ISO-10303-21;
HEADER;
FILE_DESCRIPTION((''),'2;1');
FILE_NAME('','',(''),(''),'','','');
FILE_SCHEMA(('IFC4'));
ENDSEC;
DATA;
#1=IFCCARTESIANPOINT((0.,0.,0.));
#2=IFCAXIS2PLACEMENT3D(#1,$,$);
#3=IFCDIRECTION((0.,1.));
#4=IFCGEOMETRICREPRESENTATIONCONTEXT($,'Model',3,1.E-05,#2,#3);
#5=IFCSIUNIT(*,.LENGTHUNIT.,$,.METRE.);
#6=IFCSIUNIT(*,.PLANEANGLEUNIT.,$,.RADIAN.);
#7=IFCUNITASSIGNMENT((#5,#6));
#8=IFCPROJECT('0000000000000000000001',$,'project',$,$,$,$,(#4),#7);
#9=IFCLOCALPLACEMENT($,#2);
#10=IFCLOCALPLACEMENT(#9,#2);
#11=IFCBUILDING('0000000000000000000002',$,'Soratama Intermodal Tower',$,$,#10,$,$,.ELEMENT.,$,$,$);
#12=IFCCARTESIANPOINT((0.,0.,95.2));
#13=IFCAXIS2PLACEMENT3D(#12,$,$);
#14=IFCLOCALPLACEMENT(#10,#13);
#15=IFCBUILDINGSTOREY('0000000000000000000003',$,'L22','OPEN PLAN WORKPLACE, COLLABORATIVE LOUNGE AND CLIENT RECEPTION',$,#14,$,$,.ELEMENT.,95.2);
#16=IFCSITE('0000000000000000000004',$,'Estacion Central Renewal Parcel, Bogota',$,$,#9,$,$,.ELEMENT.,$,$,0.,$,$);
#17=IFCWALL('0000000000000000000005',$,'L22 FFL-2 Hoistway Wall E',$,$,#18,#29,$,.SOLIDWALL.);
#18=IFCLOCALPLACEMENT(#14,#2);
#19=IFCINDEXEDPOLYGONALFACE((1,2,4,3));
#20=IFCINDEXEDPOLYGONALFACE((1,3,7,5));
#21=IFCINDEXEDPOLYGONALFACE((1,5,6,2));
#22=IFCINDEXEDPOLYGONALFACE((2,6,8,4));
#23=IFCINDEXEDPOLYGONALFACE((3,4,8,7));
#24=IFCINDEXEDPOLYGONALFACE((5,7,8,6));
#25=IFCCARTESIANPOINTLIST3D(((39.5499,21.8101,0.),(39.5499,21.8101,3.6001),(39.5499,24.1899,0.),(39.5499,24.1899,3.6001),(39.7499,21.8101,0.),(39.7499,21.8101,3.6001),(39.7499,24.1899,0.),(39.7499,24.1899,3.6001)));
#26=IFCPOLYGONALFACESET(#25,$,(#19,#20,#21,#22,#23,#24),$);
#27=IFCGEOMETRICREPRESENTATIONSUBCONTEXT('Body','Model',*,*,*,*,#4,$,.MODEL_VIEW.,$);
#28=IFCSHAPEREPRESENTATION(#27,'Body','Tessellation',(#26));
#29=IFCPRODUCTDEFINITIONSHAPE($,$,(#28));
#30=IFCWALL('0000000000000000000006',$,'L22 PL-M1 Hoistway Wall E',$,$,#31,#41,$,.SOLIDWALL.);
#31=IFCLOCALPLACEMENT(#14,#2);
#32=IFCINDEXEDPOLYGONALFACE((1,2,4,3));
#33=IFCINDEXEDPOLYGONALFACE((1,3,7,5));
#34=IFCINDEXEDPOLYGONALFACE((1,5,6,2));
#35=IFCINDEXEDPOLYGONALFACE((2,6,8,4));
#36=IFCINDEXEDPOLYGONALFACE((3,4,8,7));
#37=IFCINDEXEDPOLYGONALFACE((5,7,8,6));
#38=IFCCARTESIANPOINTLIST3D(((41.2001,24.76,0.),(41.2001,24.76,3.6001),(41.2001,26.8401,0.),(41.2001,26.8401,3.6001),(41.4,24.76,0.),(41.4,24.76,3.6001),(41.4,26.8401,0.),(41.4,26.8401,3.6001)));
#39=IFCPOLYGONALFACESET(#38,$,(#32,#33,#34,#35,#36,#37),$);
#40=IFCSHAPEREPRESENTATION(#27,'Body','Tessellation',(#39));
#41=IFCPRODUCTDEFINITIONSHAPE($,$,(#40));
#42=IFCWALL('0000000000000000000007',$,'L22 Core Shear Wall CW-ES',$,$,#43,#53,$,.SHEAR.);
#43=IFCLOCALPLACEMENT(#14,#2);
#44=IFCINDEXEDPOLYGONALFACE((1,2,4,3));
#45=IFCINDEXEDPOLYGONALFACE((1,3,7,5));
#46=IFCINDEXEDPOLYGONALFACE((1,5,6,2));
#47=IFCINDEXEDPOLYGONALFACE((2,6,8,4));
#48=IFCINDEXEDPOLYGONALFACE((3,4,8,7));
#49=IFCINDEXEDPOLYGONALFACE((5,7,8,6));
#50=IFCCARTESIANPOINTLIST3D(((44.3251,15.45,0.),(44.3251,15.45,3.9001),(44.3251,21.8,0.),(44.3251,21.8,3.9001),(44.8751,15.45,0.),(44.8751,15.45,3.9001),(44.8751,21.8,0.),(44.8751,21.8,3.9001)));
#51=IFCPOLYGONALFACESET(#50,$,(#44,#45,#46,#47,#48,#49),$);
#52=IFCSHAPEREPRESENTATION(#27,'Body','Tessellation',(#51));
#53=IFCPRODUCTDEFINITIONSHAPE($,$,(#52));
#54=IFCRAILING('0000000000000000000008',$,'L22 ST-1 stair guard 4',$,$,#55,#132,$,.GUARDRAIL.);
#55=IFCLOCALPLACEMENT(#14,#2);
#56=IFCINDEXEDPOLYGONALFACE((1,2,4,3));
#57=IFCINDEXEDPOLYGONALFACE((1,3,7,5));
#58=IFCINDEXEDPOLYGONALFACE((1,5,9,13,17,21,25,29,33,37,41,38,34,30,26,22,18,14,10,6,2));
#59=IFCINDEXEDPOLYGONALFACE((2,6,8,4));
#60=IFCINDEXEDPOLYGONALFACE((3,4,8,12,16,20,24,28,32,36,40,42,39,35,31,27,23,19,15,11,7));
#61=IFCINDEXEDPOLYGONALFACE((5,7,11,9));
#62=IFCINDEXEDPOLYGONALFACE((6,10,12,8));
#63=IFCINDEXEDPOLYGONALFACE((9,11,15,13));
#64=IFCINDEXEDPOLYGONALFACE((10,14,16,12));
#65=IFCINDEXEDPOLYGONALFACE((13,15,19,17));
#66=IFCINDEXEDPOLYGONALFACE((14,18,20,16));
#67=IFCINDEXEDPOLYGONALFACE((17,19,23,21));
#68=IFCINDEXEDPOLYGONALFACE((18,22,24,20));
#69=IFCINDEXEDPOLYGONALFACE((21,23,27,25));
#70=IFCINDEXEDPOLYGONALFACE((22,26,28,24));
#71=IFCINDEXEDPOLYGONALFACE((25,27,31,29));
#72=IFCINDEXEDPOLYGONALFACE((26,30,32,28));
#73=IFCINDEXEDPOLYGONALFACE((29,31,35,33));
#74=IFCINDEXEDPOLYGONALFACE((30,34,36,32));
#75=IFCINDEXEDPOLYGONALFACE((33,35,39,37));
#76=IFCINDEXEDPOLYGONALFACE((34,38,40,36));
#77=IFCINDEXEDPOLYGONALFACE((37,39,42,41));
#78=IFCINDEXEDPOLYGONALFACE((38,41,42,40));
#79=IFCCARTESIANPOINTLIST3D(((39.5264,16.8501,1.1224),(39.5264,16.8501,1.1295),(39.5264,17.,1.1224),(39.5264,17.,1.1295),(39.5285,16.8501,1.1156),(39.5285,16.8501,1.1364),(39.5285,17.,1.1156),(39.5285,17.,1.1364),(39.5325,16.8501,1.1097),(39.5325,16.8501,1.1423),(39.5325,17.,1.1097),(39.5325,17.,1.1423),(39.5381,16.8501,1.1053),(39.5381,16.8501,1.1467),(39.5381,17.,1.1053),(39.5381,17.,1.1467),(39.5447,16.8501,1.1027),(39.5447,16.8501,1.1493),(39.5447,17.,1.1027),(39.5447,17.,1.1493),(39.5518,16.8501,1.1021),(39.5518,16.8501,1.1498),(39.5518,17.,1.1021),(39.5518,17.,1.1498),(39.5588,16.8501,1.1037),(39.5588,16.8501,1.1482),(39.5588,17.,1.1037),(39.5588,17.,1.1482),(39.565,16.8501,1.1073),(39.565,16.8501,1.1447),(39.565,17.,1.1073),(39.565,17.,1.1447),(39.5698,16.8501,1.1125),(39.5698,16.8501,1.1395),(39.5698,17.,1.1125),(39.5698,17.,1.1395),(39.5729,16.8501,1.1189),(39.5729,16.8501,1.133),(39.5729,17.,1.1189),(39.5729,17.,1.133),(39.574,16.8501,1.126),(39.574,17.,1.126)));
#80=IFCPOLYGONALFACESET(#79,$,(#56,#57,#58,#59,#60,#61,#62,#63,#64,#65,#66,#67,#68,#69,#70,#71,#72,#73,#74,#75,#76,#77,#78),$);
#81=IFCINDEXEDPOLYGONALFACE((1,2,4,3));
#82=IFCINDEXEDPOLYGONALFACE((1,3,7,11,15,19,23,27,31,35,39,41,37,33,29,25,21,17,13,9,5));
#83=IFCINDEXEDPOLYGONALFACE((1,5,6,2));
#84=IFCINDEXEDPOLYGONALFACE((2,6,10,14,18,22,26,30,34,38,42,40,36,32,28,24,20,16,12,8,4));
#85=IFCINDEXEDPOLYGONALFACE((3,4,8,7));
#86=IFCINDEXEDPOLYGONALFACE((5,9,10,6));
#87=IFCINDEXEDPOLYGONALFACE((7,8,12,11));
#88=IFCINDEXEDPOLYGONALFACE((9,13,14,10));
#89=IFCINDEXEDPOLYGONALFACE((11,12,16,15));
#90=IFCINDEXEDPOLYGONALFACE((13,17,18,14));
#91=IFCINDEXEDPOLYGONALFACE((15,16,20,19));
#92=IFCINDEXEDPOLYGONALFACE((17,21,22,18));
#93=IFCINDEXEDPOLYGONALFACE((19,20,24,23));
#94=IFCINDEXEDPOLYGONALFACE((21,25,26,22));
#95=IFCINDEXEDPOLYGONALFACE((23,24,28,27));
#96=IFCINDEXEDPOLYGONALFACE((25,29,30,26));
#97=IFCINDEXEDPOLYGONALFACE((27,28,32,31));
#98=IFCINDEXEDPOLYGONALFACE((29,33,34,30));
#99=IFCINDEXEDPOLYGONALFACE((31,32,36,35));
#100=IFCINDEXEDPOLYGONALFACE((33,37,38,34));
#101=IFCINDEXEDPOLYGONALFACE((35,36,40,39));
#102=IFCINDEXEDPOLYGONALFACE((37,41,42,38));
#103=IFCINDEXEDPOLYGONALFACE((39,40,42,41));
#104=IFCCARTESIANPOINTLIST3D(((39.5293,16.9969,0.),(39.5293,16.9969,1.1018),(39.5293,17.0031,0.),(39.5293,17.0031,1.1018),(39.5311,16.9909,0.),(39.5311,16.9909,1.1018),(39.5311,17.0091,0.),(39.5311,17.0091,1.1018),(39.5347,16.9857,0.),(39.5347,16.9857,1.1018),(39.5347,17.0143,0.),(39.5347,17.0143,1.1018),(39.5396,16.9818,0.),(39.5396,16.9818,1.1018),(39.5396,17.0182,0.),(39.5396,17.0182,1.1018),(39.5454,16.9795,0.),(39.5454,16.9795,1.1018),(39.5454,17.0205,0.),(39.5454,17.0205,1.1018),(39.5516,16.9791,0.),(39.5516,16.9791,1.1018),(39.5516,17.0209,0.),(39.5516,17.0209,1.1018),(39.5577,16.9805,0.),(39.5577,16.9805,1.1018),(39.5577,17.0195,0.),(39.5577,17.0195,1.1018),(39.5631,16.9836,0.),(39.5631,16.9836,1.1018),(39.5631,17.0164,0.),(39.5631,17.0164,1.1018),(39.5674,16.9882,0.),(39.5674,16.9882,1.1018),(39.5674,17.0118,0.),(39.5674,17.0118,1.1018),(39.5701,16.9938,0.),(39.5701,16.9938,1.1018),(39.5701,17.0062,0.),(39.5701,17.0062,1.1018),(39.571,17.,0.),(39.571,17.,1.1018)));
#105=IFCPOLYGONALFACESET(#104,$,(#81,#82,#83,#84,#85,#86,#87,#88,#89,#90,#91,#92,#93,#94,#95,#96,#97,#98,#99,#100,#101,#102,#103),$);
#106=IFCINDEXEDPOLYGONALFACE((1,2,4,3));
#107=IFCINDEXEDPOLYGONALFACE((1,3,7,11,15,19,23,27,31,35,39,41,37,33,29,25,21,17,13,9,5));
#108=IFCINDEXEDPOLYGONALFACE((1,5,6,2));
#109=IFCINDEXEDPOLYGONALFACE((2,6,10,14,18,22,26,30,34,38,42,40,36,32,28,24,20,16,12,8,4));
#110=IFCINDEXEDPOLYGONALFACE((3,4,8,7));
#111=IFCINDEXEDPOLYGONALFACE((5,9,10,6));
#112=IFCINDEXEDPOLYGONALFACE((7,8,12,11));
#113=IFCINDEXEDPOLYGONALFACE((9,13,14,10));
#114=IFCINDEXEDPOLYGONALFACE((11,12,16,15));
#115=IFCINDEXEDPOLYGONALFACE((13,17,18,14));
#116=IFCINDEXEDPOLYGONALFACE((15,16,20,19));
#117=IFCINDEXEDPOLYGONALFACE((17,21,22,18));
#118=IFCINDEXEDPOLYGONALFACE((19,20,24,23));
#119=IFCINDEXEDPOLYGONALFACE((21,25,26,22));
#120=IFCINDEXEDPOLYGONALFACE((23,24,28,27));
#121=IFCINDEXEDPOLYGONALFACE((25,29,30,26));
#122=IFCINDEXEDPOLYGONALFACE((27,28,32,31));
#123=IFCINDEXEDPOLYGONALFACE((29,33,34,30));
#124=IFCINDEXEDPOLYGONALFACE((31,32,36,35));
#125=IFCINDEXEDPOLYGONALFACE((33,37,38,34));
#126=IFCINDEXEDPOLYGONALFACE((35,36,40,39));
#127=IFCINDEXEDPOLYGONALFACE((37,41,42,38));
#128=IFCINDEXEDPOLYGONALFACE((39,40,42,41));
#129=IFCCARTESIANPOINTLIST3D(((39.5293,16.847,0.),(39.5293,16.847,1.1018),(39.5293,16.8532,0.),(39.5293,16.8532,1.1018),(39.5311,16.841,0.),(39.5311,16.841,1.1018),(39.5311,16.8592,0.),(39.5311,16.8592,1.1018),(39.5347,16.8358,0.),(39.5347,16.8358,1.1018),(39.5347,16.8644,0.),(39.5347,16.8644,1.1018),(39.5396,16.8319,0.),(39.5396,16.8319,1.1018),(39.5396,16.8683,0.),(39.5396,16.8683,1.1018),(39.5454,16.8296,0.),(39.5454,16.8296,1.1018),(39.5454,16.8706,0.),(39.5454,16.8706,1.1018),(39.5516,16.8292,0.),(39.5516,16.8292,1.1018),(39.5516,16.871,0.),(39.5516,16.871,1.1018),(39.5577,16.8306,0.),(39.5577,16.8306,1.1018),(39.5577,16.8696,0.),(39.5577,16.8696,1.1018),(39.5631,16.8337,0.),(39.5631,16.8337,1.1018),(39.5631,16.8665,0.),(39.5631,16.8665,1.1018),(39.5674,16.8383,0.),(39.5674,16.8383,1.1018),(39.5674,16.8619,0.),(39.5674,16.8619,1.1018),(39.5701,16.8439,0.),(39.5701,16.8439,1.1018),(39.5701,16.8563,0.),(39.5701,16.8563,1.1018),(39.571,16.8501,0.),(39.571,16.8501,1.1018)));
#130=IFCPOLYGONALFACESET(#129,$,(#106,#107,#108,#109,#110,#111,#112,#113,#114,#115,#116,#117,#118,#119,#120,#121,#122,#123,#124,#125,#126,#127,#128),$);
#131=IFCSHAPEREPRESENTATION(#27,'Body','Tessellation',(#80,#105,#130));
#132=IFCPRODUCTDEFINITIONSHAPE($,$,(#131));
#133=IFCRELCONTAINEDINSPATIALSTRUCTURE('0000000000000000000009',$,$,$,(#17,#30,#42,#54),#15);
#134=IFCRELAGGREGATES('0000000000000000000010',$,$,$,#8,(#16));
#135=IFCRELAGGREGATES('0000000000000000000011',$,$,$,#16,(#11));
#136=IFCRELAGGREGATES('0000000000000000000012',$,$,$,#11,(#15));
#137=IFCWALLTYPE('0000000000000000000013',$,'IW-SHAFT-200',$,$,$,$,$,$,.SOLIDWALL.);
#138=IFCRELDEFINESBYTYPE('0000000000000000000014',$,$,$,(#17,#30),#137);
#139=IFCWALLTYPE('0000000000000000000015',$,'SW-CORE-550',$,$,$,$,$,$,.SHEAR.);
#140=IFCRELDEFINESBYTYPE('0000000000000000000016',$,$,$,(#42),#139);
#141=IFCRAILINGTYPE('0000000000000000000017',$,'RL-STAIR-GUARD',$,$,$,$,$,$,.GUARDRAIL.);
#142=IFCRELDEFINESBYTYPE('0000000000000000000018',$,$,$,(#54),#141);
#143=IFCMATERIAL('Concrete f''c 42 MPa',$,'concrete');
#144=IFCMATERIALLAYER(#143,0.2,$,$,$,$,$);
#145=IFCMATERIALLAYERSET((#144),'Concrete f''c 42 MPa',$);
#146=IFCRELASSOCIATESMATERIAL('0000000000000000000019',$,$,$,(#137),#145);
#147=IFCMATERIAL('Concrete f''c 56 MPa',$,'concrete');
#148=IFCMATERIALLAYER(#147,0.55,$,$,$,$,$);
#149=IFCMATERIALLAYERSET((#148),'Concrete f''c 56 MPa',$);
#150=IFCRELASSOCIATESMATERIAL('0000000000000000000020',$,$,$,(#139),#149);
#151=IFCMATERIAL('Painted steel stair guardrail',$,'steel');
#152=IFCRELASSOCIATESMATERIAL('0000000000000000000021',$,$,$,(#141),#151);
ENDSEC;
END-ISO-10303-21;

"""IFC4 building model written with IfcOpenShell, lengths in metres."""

from ifc_helpers import new_model, si_unit, direction, frame, frame_2d, origin, origin_2d, place, context, subcontext, project, spatial, rectangle, circle, extrude, material, layer, layer_set, type_object, element, save


model = new_model("IFC4")

# Units and contexts
model_context = context("Model", 3, precision=1e-05, world=origin(), true_north=direction((0.0, 1.0)))
body_context = subcontext(model_context, "Body", "Model", "MODEL_VIEW")
ifc_project = project(units=[si_unit("LENGTHUNIT", "METRE"), si_unit("PLANEANGLEUNIT", "RADIAN")], contexts=[model_context])

# Site, building, storey
site_placement = place(None, origin())
site = spatial("IfcSite", under=ifc_project, at=site_placement, Name="Estacion Central Renewal Parcel, Bogota", CompositionType="ELEMENT", RefElevation=0.0)
building_placement = place(site_placement, origin())
building = spatial("IfcBuilding", under=site, at=building_placement, Name="Soratama Intermodal Tower", CompositionType="ELEMENT")
storey_placement = place(building_placement, frame((0.0, 0.0, 95.2)))
storey = spatial("IfcBuildingStorey", under=building, at=storey_placement, Name="L22", Description="OPEN PLAN WORKPLACE, COLLABORATIVE LOUNGE AND CLIENT RECEPTION", CompositionType="ELEMENT", Elevation=95.2)

# Walls
ifc_material_1 = material(Name="Concrete f'c 42 MPa", Category="concrete")
ifc_layer_1 = layer(ifc_material_1, 0.2)
ifc_layer_set_1 = layer_set([ifc_layer_1], Name="Concrete f'c 42 MPa")
wall_type_1 = type_object("IfcWallType", Name="IW-SHAFT-200", PredefinedType="SOLIDWALL", material=ifc_layer_set_1)
wall_1_placement = place(storey_placement, frame((39.6499, 21.8101, 0.0), z_axis=(0.0, 0.0, 1.0), x_axis=(0.0, 1.0, 0.0)))
element("IfcWall", 1, at=wall_1_placement, inside=storey, type_object=wall_type_1, Name="L22 FFL-2 Hoistway Wall E", PredefinedType="SOLIDWALL", context=body_context, shape_type="SweptSolid", body=[
    extrude(rectangle(XDim=2.3799, YDim=0.2, at=frame_2d((1.1899, 0.0))), origin(), (0.0, 0.0, 1.0), 3.6001),
])
wall_2_placement = place(storey_placement, frame((41.3, 24.76, 0.0), z_axis=(0.0, 0.0, 1.0), x_axis=(0.0, 1.0, 0.0)))
element("IfcWall", 2, at=wall_2_placement, inside=storey, type_object=wall_type_1, Name="L22 PL-M1 Hoistway Wall E", PredefinedType="SOLIDWALL", context=body_context, shape_type="SweptSolid", body=[
    extrude(rectangle(XDim=2.0801, YDim=0.2, at=frame_2d((1.04, 0.0))), origin(), (0.0, 0.0, 1.0), 3.6001),
])
ifc_material_2 = material(Name="Concrete f'c 56 MPa", Category="concrete")
ifc_layer_2 = layer(ifc_material_2, 0.55)
ifc_layer_set_2 = layer_set([ifc_layer_2], Name="Concrete f'c 56 MPa")
wall_type_2 = type_object("IfcWallType", Name="SW-CORE-550", PredefinedType="SHEAR", material=ifc_layer_set_2)
wall_3_placement = place(storey_placement, frame((44.6001, 15.45, 0.0), z_axis=(0.0, 0.0, 1.0), x_axis=(0.0, 1.0, 0.0)))
element("IfcWall", 3, at=wall_3_placement, inside=storey, type_object=wall_type_2, Name="L22 Core Shear Wall CW-ES", PredefinedType="SHEAR", context=body_context, shape_type="SweptSolid", body=[
    extrude(rectangle(XDim=6.3501, YDim=0.55, at=frame_2d((3.175, 0.0))), origin(), (0.0, 0.0, 1.0), 3.9001),
])

# Railing
ifc_material_3 = material(Name="Painted steel stair guardrail", Category="steel")
railing_type = type_object("IfcRailingType", Name="RL-STAIR-GUARD", PredefinedType="GUARDRAIL", material=ifc_material_3)
railing_placement = place(storey_placement, frame((39.55, 17.0, 0.0)))
element("IfcRailing", 4, at=railing_placement, inside=storey, type_object=railing_type, Name="L22 ST-1 stair guard 4", PredefinedType="GUARDRAIL", context=body_context, shape_type="SweptSolid", body=[
    extrude(circle(Radius=0.0239, at=origin_2d()), frame((0.0, 0.0, 1.126), z_axis=(0.0, -1.0, 0.0), x_axis=(1.0, 0.0, 0.0)), (0.0, 0.0, 1.0), 0.1499),
    extrude(circle(Radius=0.021, at=origin_2d()), origin(), (0.0, 0.0, 1.0), 1.1018),
    extrude(circle(Radius=0.021, at=origin_2d()), frame((0.0, -0.1499, 0.0)), (0.0, 0.0, 1.0), 1.1018),
])

save(model, "model.ifc")
